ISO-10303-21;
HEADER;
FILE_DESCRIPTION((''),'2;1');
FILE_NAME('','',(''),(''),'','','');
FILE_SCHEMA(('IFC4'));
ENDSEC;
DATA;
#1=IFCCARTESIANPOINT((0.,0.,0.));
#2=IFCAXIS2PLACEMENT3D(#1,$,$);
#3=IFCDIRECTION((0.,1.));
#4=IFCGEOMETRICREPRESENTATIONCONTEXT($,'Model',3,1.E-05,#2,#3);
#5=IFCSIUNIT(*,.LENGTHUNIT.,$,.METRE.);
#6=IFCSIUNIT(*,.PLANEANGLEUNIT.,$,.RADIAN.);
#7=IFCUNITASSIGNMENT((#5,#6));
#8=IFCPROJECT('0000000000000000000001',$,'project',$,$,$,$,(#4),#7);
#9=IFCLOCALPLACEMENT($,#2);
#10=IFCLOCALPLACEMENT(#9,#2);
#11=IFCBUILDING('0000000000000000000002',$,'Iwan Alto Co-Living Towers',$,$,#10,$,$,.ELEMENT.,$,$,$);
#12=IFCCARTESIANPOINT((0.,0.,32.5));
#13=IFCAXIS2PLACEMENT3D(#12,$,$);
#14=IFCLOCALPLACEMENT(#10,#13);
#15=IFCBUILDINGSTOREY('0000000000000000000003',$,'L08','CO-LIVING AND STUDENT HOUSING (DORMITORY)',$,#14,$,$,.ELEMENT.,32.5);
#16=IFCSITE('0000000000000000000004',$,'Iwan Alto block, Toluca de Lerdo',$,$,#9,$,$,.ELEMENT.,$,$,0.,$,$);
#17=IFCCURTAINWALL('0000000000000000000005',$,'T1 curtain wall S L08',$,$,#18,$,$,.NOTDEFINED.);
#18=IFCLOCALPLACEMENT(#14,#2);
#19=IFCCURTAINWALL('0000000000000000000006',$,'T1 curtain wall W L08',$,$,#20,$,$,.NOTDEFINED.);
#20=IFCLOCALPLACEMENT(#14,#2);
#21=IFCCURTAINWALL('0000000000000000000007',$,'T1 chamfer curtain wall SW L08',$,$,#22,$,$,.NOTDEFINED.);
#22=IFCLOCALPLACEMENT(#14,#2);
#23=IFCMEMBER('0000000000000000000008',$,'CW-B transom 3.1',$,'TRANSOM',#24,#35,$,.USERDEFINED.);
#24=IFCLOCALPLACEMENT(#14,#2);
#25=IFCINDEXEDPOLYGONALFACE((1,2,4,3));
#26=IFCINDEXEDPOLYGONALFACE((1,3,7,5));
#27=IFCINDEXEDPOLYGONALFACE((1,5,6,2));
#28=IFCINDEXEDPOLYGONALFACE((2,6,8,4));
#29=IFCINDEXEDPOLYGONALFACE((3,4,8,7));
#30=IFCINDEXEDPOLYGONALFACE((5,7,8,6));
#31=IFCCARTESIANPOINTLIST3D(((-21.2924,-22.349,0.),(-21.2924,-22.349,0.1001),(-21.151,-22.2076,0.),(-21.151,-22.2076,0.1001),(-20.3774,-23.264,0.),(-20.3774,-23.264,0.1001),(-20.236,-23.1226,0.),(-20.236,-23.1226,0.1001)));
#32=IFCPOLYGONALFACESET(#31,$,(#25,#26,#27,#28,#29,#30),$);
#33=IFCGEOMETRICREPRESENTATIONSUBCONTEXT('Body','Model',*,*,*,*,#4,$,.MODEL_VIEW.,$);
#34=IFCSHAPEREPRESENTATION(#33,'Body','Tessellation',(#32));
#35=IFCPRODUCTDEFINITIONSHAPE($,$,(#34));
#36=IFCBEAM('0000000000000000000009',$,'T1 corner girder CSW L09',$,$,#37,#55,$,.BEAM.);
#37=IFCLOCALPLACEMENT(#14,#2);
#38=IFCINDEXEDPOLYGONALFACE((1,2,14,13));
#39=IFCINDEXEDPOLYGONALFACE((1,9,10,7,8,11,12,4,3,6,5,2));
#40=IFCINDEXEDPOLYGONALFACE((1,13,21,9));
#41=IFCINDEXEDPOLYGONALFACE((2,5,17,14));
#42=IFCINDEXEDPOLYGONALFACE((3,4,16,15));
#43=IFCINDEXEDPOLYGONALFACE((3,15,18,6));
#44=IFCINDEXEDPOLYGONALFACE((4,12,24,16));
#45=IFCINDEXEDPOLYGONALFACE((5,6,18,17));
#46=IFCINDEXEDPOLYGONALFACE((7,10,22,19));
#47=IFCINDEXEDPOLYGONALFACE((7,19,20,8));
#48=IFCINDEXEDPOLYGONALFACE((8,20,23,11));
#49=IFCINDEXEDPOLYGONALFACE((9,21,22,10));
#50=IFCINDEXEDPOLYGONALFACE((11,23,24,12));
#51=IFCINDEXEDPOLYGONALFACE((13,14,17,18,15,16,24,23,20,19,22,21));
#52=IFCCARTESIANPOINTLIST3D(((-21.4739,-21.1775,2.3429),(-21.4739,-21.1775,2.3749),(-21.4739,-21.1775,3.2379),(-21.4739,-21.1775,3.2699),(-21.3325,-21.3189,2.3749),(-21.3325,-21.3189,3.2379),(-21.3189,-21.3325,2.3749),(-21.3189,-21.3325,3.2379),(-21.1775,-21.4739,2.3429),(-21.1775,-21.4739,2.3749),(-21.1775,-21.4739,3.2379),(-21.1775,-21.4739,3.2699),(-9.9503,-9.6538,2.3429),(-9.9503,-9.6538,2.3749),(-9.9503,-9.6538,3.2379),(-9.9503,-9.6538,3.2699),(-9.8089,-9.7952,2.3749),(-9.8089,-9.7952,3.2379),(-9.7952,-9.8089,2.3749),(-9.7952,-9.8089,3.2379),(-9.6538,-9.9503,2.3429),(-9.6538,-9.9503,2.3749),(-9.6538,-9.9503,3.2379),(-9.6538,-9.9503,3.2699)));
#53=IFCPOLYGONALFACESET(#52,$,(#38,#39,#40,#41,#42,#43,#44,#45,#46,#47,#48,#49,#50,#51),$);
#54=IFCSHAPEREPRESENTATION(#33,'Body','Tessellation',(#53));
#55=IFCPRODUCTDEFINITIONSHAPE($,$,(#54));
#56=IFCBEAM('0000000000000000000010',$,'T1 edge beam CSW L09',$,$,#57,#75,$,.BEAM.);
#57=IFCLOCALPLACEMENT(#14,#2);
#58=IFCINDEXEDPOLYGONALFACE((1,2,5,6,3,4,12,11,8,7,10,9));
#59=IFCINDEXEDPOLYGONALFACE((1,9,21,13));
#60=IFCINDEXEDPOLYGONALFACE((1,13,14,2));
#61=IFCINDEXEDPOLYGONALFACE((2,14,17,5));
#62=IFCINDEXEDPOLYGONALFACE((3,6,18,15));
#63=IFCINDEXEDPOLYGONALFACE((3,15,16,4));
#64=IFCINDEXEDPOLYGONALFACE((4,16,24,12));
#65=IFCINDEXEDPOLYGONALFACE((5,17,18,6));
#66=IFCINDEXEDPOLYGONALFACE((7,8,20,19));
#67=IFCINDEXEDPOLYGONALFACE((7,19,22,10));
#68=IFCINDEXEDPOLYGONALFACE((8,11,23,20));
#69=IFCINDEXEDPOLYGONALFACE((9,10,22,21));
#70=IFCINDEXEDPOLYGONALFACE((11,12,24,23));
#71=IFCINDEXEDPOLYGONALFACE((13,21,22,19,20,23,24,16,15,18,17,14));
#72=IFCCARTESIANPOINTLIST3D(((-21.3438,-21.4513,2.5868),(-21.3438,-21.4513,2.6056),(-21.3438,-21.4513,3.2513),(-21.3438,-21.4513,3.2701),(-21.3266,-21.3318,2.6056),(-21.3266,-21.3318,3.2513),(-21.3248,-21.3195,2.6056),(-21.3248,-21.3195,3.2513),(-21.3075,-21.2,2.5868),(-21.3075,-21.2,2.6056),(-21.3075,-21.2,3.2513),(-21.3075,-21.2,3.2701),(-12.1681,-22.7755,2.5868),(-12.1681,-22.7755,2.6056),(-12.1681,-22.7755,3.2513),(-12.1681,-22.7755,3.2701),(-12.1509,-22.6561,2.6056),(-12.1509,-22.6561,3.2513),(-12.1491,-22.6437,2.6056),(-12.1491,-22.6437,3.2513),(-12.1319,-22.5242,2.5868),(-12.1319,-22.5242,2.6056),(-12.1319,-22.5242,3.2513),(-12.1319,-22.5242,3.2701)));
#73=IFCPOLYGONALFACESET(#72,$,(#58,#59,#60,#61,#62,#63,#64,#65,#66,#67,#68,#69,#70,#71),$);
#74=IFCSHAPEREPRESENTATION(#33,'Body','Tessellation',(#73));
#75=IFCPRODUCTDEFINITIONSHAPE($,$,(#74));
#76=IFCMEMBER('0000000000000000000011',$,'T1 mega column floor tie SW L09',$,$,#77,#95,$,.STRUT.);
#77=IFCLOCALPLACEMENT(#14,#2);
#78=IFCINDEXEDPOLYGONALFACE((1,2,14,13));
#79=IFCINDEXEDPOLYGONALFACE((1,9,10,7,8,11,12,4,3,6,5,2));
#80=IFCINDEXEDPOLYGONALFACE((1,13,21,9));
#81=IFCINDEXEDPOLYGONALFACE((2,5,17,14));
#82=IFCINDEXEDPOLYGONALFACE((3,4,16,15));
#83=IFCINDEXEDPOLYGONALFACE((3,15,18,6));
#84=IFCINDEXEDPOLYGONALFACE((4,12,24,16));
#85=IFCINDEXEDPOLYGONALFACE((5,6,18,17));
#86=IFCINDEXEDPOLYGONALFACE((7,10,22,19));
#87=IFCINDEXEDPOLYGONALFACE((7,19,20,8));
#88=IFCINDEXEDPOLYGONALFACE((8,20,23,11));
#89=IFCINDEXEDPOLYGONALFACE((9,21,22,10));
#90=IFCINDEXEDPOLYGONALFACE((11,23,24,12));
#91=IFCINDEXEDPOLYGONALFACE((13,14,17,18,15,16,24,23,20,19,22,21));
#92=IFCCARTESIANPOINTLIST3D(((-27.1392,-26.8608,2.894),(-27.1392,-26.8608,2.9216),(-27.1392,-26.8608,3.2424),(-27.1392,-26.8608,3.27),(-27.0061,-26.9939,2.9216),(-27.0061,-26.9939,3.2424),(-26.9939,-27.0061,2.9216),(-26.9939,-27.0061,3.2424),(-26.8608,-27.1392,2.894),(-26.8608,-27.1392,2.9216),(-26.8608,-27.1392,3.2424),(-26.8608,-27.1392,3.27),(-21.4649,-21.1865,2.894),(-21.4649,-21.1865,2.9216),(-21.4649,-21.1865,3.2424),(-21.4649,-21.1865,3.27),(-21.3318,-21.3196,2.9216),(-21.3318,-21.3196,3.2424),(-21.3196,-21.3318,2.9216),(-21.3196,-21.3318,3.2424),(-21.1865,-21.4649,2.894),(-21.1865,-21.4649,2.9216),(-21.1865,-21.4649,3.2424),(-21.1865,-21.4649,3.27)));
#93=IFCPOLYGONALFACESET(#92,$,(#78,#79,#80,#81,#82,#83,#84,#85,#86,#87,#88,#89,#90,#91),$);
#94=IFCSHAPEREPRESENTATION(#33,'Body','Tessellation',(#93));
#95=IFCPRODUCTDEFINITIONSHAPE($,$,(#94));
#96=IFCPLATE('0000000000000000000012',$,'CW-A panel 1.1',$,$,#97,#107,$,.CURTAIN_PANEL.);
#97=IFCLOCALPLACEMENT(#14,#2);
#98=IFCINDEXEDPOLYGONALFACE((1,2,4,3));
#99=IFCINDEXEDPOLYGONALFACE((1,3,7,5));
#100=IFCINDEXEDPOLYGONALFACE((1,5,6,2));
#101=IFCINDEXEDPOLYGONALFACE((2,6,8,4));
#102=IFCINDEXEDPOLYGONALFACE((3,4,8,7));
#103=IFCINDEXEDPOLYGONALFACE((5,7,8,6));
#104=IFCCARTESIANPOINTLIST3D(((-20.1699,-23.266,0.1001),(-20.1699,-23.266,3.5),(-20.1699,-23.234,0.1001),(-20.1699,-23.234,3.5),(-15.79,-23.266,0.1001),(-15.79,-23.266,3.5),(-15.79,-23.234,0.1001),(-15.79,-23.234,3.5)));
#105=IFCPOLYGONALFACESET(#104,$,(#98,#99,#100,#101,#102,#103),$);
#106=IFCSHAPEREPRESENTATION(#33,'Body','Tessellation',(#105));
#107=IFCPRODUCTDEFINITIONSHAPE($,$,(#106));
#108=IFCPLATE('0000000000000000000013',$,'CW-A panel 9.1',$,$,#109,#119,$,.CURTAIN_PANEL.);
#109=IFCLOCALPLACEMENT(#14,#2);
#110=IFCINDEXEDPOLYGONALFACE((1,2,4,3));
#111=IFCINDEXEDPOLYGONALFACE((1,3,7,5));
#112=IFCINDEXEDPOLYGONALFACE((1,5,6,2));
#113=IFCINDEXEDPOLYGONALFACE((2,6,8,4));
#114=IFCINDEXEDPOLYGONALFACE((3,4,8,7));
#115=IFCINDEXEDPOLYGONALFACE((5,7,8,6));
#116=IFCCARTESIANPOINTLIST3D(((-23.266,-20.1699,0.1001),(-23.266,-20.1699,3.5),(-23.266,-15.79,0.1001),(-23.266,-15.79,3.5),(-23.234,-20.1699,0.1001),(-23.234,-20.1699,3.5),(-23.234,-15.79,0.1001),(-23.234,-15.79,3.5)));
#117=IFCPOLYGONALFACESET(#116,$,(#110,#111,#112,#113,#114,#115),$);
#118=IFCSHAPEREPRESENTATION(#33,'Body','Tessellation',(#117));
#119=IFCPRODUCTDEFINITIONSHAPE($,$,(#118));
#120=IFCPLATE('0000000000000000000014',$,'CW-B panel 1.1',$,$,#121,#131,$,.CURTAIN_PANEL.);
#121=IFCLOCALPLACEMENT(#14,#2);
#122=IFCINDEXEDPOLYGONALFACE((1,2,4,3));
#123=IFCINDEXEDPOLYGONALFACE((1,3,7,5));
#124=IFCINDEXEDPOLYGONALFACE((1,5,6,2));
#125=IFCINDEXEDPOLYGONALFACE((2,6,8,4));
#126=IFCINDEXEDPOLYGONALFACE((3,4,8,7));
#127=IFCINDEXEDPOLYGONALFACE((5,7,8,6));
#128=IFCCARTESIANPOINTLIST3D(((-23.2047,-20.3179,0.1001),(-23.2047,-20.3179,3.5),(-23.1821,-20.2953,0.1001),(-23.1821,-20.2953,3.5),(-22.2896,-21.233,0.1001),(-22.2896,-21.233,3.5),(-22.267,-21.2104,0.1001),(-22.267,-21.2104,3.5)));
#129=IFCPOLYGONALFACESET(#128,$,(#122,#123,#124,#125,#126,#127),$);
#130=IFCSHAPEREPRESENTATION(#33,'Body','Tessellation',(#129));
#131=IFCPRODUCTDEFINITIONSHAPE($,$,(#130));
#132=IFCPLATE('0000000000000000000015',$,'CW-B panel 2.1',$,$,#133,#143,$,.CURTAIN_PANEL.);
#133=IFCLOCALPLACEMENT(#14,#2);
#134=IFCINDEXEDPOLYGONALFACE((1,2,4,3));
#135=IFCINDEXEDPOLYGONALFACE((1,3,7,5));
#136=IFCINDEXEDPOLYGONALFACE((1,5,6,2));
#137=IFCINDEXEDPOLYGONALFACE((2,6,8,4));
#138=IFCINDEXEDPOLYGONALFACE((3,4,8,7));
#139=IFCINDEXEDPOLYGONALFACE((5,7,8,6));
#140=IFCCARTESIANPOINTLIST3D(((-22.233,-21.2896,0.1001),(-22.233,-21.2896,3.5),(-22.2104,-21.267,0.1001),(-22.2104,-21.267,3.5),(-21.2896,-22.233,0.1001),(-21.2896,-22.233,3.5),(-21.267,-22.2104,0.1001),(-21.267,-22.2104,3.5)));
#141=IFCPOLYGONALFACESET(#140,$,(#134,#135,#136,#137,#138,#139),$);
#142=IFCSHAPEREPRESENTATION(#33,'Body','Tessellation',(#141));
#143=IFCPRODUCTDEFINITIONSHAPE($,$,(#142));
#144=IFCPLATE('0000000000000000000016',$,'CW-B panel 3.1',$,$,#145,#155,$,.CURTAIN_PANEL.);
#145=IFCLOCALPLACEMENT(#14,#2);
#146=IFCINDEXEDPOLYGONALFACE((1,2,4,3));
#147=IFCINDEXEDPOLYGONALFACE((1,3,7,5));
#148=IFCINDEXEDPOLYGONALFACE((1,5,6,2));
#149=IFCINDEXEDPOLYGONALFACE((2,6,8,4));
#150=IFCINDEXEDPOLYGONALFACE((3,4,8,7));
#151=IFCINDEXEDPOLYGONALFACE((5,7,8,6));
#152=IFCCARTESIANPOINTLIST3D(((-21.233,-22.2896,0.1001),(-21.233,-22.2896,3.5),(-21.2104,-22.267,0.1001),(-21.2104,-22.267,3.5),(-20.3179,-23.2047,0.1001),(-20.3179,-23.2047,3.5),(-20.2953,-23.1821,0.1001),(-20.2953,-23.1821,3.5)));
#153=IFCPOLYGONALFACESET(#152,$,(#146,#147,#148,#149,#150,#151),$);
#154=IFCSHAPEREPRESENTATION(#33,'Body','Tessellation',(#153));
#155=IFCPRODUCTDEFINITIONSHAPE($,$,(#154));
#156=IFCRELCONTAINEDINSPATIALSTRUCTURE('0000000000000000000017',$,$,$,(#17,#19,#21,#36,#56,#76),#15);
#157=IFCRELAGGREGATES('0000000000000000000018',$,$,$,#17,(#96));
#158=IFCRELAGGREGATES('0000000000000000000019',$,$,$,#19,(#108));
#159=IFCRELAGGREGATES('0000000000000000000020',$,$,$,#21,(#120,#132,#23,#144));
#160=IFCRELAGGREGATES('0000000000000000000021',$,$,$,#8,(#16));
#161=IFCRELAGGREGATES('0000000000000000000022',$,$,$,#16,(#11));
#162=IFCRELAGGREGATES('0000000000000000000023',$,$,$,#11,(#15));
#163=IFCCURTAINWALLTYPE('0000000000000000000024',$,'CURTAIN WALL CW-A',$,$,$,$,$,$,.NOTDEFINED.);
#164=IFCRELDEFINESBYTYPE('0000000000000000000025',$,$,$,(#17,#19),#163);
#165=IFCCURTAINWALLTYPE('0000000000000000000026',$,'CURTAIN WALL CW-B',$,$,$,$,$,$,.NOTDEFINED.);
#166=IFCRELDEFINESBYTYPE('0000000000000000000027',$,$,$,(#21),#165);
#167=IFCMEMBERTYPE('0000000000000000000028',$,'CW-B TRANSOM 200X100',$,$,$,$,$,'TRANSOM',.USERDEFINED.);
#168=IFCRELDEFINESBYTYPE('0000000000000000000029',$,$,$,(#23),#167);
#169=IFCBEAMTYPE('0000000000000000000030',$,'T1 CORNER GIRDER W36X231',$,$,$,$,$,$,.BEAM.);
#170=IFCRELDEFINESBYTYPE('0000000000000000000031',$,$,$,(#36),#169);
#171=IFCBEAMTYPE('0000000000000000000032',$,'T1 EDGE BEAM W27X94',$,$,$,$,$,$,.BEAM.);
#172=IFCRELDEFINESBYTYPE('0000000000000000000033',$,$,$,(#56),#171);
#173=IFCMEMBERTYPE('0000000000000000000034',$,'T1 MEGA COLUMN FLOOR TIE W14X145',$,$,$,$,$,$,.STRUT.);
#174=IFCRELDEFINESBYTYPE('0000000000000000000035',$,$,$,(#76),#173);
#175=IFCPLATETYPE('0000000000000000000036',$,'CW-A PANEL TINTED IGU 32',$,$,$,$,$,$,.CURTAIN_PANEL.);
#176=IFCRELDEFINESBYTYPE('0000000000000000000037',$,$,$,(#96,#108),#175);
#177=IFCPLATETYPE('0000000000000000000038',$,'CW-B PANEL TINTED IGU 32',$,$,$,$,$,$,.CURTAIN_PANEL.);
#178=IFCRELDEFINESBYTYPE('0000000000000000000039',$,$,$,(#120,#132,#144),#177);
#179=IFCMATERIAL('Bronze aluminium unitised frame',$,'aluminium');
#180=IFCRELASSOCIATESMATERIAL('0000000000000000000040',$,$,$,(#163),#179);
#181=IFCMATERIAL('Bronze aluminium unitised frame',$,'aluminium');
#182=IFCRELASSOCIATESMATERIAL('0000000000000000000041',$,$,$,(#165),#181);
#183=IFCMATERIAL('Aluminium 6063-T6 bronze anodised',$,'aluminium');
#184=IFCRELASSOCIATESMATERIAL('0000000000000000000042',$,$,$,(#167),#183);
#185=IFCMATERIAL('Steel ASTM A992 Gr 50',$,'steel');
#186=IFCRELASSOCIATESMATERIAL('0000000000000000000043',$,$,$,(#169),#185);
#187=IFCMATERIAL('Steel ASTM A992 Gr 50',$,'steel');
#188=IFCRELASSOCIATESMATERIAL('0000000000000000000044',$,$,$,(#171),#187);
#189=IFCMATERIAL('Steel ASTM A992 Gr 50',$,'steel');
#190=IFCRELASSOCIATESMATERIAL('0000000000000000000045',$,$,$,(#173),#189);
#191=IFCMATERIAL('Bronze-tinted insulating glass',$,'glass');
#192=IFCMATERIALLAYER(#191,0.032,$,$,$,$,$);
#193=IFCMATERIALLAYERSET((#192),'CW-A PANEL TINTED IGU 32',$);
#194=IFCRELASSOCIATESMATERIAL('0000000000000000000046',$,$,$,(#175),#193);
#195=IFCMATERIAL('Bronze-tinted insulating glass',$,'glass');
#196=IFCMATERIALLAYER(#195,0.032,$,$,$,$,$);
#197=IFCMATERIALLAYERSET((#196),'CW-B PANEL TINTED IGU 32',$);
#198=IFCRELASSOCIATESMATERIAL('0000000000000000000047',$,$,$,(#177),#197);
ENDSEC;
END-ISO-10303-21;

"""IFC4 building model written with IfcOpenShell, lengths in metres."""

from ifc_helpers import new_model, si_unit, direction, frame, origin, origin_2d, place, context, subcontext, project, spatial, rectangle, i_section, extrude, material, layer, layer_set, material_profile, profile_set, type_object, element, aggregate, save


model = new_model("IFC4")

# Units and contexts
model_context = context("Model", 3, precision=1e-05, world=origin(), true_north=direction((0.0, 1.0)))
body_context = subcontext(model_context, "Body", "Model", "MODEL_VIEW")
ifc_project = project(units=[si_unit("LENGTHUNIT", "METRE"), si_unit("PLANEANGLEUNIT", "RADIAN")], contexts=[model_context])

# Site, building, storey
site_placement = place(None, origin())
site = spatial("IfcSite", under=ifc_project, at=site_placement, Name="Iwan Alto block, Toluca de Lerdo", CompositionType="ELEMENT", RefElevation=0.0)
building_placement = place(site_placement, origin())
building = spatial("IfcBuilding", under=site, at=building_placement, Name="Iwan Alto Co-Living Towers", CompositionType="ELEMENT")
storey_placement = place(building_placement, frame((0.0, 0.0, 32.5)))
storey = spatial("IfcBuildingStorey", under=building, at=storey_placement, Name="L08", Description="CO-LIVING AND STUDENT HOUSING (DORMITORY)", CompositionType="ELEMENT", Elevation=32.5)

# Curtain wall
ifc_material_1 = material(Name="Bronze aluminium unitised frame", Category="aluminium")
curtain_wall_type_1 = type_object("IfcCurtainWallType", Name="CURTAIN WALL CW-A", PredefinedType="NOTDEFINED", material=ifc_material_1)
curtain_wall_1_placement = place(storey_placement, origin())
curtain_wall_1 = element("IfcCurtainWall", 1, at=curtain_wall_1_placement, inside=storey, type_object=curtain_wall_type_1, Name="T1 curtain wall S L08", PredefinedType="NOTDEFINED")

# Curtain wall
curtain_wall_2_placement = place(storey_placement, origin())
curtain_wall_2 = element("IfcCurtainWall", 2, at=curtain_wall_2_placement, inside=storey, type_object=curtain_wall_type_1, Name="T1 curtain wall W L08", PredefinedType="NOTDEFINED")

# Curtain wall, member
ifc_material_2 = material(Name="Bronze aluminium unitised frame", Category="aluminium")
curtain_wall_type_2 = type_object("IfcCurtainWallType", Name="CURTAIN WALL CW-B", PredefinedType="NOTDEFINED", material=ifc_material_2)
curtain_wall_3_placement = place(storey_placement, origin())
curtain_wall_3 = element("IfcCurtainWall", 3, at=curtain_wall_3_placement, inside=storey, type_object=curtain_wall_type_2, Name="T1 chamfer curtain wall SW L08", PredefinedType="NOTDEFINED")
ifc_material_3 = material(Name="Aluminium 6063-T6 bronze anodised", Category="aluminium")
ifc_material_profile_1 = material_profile(ifc_material_3, rectangle(XDim=0.2, YDim=0.1001, at=origin_2d()), Name="AL 200X100")
ifc_profile_set_1 = profile_set([ifc_material_profile_1], Name="Aluminium 6063-T6 bronze anodised")
member_type_1 = type_object("IfcMemberType", Name="CW-B TRANSOM 200X100", ElementType="TRANSOM", PredefinedType="USERDEFINED", material=ifc_profile_set_1)
member_1_placement = place(storey_placement, frame((-21.2217, -22.2783, 0.05), z_axis=(0.707107, -0.707107, 0.0), x_axis=(0.707107, 0.707107, 0.0)))
member_1 = element("IfcMember", 4, at=member_1_placement, type_object=member_type_1, Name="CW-B transom 3.1", ObjectType="TRANSOM", PredefinedType="USERDEFINED", context=body_context, shape_type="SweptSolid", body=[
    extrude(rectangle(XDim=0.2, YDim=0.1001, at=origin_2d()), origin(), (0.0, 0.0, 1.0), 1.2939),
])

# Beams
ifc_material_4 = material(Name="Steel ASTM A992 Gr 50", Category="steel")
ifc_material_profile_2 = material_profile(ifc_material_4, i_section(OverallWidth=0.4192, OverallDepth=0.927, WebThickness=0.0193, FlangeThickness=0.032, at=origin_2d()), Name="W36X231")
ifc_profile_set_2 = profile_set([ifc_material_profile_2], Name="Steel ASTM A992 Gr 50")
beam_type_1 = type_object("IfcBeamType", Name="T1 CORNER GIRDER W36X231", PredefinedType="BEAM", material=ifc_profile_set_2)
beam_1_placement = place(storey_placement, frame((-21.3257, -21.3257, 2.8064), z_axis=(0.707107, 0.707107, 0.0), x_axis=(-0.707107, 0.707107, 0.0)))
element("IfcBeam", 5, at=beam_1_placement, inside=storey, type_object=beam_type_1, Name="T1 corner girder CSW L09", PredefinedType="BEAM", context=body_context, shape_type="SweptSolid", body=[
    extrude(i_section(OverallWidth=0.4192, OverallDepth=0.927, WebThickness=0.0193, FlangeThickness=0.032, at=origin_2d()), origin(), (0.0, 0.0, 1.0), 16.2969),
])
ifc_material_5 = material(Name="Steel ASTM A992 Gr 50", Category="steel")
ifc_material_profile_3 = material_profile(ifc_material_5, i_section(OverallWidth=0.2539, OverallDepth=0.6833, WebThickness=0.0125, FlangeThickness=0.0188, at=origin_2d()), Name="W27X94")
ifc_profile_set_3 = profile_set([ifc_material_profile_3], Name="Steel ASTM A992 Gr 50")
beam_type_2 = type_object("IfcBeamType", Name="T1 EDGE BEAM W27X94", PredefinedType="BEAM", material=ifc_profile_set_3)
beam_2_placement = place(storey_placement, frame((-21.3257, -21.3257, 2.9285), z_axis=(0.989746, -0.142837, 0.0), x_axis=(0.142837, 0.989746, 0.0)))
element("IfcBeam", 6, at=beam_2_placement, inside=storey, type_object=beam_type_2, Name="T1 edge beam CSW L09", PredefinedType="BEAM", context=body_context, shape_type="SweptSolid", body=[
    extrude(i_section(OverallWidth=0.2539, OverallDepth=0.6833, WebThickness=0.0125, FlangeThickness=0.0188, at=origin_2d()), origin(), (0.0, 0.0, 1.0), 9.2708),
])

# Member
ifc_material_6 = material(Name="Steel ASTM A992 Gr 50", Category="steel")
ifc_material_profile_4 = material_profile(ifc_material_6, i_section(OverallWidth=0.3938, OverallDepth=0.376, WebThickness=0.0173, FlangeThickness=0.0276, at=origin_2d()), Name="W14X145")
ifc_profile_set_4 = profile_set([ifc_material_profile_4], Name="Steel ASTM A992 Gr 50")
member_type_2 = type_object("IfcMemberType", Name="T1 MEGA COLUMN FLOOR TIE W14X145", PredefinedType="STRUT", material=ifc_profile_set_4)
member_2_placement = place(storey_placement, frame((-27.0, -27.0, 3.082), z_axis=(0.707107, 0.707107, 0.0), x_axis=(-0.707107, 0.707107, 0.0)))
element("IfcMember", 7, at=member_2_placement, inside=storey, type_object=member_type_2, Name="T1 mega column floor tie SW L09", PredefinedType="STRUT", context=body_context, shape_type="SweptSolid", body=[
    extrude(i_section(OverallWidth=0.3938, OverallDepth=0.376, WebThickness=0.0173, FlangeThickness=0.0276, at=origin_2d()), origin(), (0.0, 0.0, 1.0), 8.0247),
])

# Plates
ifc_material_7 = material(Name="Bronze-tinted insulating glass", Category="glass")
ifc_layer_1 = layer(ifc_material_7, 0.032)
ifc_layer_set_1 = layer_set([ifc_layer_1], Name="CW-A PANEL TINTED IGU 32")
plate_type_1 = type_object("IfcPlateType", Name="CW-A PANEL TINTED IGU 32", PredefinedType="CURTAIN_PANEL", material=ifc_layer_set_1)
plate_1_placement = place(storey_placement, frame((-17.98, -23.25, 0.1001), z_axis=(0.0, 0.0, 1.0), x_axis=(1.0, 0.0, 0.0)))
plate_1 = element("IfcPlate", 8, at=plate_1_placement, type_object=plate_type_1, Name="CW-A panel 1.1", PredefinedType="CURTAIN_PANEL", context=body_context, shape_type="SweptSolid", body=[
    extrude(rectangle(XDim=4.3799, YDim=0.032, at=origin_2d()), origin(), (0.0, 0.0, 1.0), 3.3999),
])
aggregate(curtain_wall_1, [plate_1])
plate_2_placement = place(storey_placement, frame((-23.25, -17.98, 0.1001), z_axis=(0.0, 0.0, 1.0), x_axis=(0.0, -1.0, 0.0)))
plate_2 = element("IfcPlate", 9, at=plate_2_placement, type_object=plate_type_1, Name="CW-A panel 9.1", PredefinedType="CURTAIN_PANEL", context=body_context, shape_type="SweptSolid", body=[
    extrude(rectangle(XDim=4.3799, YDim=0.032, at=origin_2d()), origin(), (0.0, 0.0, 1.0), 3.3999),
])
aggregate(curtain_wall_2, [plate_2])
ifc_material_8 = material(Name="Bronze-tinted insulating glass", Category="glass")
ifc_layer_2 = layer(ifc_material_8, 0.032)
ifc_layer_set_2 = layer_set([ifc_layer_2], Name="CW-B PANEL TINTED IGU 32")
plate_type_2 = type_object("IfcPlateType", Name="CW-B PANEL TINTED IGU 32", PredefinedType="CURTAIN_PANEL", material=ifc_layer_set_2)
plate_3_placement = place(storey_placement, frame((-22.7358, -20.7642, 0.1001), z_axis=(0.0, 0.0, 1.0), x_axis=(0.707107, -0.707107, 0.0)))
plate_3 = element("IfcPlate", 10, at=plate_3_placement, type_object=plate_type_2, Name="CW-B panel 1.1", PredefinedType="CURTAIN_PANEL", context=body_context, shape_type="SweptSolid", body=[
    extrude(rectangle(XDim=1.2942, YDim=0.032, at=origin_2d()), origin(), (0.0, 0.0, 1.0), 3.3999),
])
plate_4_placement = place(storey_placement, frame((-21.75, -21.75, 0.1001), z_axis=(0.0, 0.0, 1.0), x_axis=(0.707107, -0.707107, 0.0)))
plate_4 = element("IfcPlate", 11, at=plate_4_placement, type_object=plate_type_2, Name="CW-B panel 2.1", PredefinedType="CURTAIN_PANEL", context=body_context, shape_type="SweptSolid", body=[
    extrude(rectangle(XDim=1.3342, YDim=0.032, at=origin_2d()), origin(), (0.0, 0.0, 1.0), 3.3999),
])
plate_5_placement = place(storey_placement, frame((-20.7642, -22.7358, 0.1001), z_axis=(0.0, 0.0, 1.0), x_axis=(0.707107, -0.707107, 0.0)))
plate_5 = element("IfcPlate", 12, at=plate_5_placement, type_object=plate_type_2, Name="CW-B panel 3.1", PredefinedType="CURTAIN_PANEL", context=body_context, shape_type="SweptSolid", body=[
    extrude(rectangle(XDim=1.2942, YDim=0.032, at=origin_2d()), origin(), (0.0, 0.0, 1.0), 3.3999),
])
aggregate(curtain_wall_3, [plate_3, plate_4, member_1, plate_5])

save(model, "model.ifc")
